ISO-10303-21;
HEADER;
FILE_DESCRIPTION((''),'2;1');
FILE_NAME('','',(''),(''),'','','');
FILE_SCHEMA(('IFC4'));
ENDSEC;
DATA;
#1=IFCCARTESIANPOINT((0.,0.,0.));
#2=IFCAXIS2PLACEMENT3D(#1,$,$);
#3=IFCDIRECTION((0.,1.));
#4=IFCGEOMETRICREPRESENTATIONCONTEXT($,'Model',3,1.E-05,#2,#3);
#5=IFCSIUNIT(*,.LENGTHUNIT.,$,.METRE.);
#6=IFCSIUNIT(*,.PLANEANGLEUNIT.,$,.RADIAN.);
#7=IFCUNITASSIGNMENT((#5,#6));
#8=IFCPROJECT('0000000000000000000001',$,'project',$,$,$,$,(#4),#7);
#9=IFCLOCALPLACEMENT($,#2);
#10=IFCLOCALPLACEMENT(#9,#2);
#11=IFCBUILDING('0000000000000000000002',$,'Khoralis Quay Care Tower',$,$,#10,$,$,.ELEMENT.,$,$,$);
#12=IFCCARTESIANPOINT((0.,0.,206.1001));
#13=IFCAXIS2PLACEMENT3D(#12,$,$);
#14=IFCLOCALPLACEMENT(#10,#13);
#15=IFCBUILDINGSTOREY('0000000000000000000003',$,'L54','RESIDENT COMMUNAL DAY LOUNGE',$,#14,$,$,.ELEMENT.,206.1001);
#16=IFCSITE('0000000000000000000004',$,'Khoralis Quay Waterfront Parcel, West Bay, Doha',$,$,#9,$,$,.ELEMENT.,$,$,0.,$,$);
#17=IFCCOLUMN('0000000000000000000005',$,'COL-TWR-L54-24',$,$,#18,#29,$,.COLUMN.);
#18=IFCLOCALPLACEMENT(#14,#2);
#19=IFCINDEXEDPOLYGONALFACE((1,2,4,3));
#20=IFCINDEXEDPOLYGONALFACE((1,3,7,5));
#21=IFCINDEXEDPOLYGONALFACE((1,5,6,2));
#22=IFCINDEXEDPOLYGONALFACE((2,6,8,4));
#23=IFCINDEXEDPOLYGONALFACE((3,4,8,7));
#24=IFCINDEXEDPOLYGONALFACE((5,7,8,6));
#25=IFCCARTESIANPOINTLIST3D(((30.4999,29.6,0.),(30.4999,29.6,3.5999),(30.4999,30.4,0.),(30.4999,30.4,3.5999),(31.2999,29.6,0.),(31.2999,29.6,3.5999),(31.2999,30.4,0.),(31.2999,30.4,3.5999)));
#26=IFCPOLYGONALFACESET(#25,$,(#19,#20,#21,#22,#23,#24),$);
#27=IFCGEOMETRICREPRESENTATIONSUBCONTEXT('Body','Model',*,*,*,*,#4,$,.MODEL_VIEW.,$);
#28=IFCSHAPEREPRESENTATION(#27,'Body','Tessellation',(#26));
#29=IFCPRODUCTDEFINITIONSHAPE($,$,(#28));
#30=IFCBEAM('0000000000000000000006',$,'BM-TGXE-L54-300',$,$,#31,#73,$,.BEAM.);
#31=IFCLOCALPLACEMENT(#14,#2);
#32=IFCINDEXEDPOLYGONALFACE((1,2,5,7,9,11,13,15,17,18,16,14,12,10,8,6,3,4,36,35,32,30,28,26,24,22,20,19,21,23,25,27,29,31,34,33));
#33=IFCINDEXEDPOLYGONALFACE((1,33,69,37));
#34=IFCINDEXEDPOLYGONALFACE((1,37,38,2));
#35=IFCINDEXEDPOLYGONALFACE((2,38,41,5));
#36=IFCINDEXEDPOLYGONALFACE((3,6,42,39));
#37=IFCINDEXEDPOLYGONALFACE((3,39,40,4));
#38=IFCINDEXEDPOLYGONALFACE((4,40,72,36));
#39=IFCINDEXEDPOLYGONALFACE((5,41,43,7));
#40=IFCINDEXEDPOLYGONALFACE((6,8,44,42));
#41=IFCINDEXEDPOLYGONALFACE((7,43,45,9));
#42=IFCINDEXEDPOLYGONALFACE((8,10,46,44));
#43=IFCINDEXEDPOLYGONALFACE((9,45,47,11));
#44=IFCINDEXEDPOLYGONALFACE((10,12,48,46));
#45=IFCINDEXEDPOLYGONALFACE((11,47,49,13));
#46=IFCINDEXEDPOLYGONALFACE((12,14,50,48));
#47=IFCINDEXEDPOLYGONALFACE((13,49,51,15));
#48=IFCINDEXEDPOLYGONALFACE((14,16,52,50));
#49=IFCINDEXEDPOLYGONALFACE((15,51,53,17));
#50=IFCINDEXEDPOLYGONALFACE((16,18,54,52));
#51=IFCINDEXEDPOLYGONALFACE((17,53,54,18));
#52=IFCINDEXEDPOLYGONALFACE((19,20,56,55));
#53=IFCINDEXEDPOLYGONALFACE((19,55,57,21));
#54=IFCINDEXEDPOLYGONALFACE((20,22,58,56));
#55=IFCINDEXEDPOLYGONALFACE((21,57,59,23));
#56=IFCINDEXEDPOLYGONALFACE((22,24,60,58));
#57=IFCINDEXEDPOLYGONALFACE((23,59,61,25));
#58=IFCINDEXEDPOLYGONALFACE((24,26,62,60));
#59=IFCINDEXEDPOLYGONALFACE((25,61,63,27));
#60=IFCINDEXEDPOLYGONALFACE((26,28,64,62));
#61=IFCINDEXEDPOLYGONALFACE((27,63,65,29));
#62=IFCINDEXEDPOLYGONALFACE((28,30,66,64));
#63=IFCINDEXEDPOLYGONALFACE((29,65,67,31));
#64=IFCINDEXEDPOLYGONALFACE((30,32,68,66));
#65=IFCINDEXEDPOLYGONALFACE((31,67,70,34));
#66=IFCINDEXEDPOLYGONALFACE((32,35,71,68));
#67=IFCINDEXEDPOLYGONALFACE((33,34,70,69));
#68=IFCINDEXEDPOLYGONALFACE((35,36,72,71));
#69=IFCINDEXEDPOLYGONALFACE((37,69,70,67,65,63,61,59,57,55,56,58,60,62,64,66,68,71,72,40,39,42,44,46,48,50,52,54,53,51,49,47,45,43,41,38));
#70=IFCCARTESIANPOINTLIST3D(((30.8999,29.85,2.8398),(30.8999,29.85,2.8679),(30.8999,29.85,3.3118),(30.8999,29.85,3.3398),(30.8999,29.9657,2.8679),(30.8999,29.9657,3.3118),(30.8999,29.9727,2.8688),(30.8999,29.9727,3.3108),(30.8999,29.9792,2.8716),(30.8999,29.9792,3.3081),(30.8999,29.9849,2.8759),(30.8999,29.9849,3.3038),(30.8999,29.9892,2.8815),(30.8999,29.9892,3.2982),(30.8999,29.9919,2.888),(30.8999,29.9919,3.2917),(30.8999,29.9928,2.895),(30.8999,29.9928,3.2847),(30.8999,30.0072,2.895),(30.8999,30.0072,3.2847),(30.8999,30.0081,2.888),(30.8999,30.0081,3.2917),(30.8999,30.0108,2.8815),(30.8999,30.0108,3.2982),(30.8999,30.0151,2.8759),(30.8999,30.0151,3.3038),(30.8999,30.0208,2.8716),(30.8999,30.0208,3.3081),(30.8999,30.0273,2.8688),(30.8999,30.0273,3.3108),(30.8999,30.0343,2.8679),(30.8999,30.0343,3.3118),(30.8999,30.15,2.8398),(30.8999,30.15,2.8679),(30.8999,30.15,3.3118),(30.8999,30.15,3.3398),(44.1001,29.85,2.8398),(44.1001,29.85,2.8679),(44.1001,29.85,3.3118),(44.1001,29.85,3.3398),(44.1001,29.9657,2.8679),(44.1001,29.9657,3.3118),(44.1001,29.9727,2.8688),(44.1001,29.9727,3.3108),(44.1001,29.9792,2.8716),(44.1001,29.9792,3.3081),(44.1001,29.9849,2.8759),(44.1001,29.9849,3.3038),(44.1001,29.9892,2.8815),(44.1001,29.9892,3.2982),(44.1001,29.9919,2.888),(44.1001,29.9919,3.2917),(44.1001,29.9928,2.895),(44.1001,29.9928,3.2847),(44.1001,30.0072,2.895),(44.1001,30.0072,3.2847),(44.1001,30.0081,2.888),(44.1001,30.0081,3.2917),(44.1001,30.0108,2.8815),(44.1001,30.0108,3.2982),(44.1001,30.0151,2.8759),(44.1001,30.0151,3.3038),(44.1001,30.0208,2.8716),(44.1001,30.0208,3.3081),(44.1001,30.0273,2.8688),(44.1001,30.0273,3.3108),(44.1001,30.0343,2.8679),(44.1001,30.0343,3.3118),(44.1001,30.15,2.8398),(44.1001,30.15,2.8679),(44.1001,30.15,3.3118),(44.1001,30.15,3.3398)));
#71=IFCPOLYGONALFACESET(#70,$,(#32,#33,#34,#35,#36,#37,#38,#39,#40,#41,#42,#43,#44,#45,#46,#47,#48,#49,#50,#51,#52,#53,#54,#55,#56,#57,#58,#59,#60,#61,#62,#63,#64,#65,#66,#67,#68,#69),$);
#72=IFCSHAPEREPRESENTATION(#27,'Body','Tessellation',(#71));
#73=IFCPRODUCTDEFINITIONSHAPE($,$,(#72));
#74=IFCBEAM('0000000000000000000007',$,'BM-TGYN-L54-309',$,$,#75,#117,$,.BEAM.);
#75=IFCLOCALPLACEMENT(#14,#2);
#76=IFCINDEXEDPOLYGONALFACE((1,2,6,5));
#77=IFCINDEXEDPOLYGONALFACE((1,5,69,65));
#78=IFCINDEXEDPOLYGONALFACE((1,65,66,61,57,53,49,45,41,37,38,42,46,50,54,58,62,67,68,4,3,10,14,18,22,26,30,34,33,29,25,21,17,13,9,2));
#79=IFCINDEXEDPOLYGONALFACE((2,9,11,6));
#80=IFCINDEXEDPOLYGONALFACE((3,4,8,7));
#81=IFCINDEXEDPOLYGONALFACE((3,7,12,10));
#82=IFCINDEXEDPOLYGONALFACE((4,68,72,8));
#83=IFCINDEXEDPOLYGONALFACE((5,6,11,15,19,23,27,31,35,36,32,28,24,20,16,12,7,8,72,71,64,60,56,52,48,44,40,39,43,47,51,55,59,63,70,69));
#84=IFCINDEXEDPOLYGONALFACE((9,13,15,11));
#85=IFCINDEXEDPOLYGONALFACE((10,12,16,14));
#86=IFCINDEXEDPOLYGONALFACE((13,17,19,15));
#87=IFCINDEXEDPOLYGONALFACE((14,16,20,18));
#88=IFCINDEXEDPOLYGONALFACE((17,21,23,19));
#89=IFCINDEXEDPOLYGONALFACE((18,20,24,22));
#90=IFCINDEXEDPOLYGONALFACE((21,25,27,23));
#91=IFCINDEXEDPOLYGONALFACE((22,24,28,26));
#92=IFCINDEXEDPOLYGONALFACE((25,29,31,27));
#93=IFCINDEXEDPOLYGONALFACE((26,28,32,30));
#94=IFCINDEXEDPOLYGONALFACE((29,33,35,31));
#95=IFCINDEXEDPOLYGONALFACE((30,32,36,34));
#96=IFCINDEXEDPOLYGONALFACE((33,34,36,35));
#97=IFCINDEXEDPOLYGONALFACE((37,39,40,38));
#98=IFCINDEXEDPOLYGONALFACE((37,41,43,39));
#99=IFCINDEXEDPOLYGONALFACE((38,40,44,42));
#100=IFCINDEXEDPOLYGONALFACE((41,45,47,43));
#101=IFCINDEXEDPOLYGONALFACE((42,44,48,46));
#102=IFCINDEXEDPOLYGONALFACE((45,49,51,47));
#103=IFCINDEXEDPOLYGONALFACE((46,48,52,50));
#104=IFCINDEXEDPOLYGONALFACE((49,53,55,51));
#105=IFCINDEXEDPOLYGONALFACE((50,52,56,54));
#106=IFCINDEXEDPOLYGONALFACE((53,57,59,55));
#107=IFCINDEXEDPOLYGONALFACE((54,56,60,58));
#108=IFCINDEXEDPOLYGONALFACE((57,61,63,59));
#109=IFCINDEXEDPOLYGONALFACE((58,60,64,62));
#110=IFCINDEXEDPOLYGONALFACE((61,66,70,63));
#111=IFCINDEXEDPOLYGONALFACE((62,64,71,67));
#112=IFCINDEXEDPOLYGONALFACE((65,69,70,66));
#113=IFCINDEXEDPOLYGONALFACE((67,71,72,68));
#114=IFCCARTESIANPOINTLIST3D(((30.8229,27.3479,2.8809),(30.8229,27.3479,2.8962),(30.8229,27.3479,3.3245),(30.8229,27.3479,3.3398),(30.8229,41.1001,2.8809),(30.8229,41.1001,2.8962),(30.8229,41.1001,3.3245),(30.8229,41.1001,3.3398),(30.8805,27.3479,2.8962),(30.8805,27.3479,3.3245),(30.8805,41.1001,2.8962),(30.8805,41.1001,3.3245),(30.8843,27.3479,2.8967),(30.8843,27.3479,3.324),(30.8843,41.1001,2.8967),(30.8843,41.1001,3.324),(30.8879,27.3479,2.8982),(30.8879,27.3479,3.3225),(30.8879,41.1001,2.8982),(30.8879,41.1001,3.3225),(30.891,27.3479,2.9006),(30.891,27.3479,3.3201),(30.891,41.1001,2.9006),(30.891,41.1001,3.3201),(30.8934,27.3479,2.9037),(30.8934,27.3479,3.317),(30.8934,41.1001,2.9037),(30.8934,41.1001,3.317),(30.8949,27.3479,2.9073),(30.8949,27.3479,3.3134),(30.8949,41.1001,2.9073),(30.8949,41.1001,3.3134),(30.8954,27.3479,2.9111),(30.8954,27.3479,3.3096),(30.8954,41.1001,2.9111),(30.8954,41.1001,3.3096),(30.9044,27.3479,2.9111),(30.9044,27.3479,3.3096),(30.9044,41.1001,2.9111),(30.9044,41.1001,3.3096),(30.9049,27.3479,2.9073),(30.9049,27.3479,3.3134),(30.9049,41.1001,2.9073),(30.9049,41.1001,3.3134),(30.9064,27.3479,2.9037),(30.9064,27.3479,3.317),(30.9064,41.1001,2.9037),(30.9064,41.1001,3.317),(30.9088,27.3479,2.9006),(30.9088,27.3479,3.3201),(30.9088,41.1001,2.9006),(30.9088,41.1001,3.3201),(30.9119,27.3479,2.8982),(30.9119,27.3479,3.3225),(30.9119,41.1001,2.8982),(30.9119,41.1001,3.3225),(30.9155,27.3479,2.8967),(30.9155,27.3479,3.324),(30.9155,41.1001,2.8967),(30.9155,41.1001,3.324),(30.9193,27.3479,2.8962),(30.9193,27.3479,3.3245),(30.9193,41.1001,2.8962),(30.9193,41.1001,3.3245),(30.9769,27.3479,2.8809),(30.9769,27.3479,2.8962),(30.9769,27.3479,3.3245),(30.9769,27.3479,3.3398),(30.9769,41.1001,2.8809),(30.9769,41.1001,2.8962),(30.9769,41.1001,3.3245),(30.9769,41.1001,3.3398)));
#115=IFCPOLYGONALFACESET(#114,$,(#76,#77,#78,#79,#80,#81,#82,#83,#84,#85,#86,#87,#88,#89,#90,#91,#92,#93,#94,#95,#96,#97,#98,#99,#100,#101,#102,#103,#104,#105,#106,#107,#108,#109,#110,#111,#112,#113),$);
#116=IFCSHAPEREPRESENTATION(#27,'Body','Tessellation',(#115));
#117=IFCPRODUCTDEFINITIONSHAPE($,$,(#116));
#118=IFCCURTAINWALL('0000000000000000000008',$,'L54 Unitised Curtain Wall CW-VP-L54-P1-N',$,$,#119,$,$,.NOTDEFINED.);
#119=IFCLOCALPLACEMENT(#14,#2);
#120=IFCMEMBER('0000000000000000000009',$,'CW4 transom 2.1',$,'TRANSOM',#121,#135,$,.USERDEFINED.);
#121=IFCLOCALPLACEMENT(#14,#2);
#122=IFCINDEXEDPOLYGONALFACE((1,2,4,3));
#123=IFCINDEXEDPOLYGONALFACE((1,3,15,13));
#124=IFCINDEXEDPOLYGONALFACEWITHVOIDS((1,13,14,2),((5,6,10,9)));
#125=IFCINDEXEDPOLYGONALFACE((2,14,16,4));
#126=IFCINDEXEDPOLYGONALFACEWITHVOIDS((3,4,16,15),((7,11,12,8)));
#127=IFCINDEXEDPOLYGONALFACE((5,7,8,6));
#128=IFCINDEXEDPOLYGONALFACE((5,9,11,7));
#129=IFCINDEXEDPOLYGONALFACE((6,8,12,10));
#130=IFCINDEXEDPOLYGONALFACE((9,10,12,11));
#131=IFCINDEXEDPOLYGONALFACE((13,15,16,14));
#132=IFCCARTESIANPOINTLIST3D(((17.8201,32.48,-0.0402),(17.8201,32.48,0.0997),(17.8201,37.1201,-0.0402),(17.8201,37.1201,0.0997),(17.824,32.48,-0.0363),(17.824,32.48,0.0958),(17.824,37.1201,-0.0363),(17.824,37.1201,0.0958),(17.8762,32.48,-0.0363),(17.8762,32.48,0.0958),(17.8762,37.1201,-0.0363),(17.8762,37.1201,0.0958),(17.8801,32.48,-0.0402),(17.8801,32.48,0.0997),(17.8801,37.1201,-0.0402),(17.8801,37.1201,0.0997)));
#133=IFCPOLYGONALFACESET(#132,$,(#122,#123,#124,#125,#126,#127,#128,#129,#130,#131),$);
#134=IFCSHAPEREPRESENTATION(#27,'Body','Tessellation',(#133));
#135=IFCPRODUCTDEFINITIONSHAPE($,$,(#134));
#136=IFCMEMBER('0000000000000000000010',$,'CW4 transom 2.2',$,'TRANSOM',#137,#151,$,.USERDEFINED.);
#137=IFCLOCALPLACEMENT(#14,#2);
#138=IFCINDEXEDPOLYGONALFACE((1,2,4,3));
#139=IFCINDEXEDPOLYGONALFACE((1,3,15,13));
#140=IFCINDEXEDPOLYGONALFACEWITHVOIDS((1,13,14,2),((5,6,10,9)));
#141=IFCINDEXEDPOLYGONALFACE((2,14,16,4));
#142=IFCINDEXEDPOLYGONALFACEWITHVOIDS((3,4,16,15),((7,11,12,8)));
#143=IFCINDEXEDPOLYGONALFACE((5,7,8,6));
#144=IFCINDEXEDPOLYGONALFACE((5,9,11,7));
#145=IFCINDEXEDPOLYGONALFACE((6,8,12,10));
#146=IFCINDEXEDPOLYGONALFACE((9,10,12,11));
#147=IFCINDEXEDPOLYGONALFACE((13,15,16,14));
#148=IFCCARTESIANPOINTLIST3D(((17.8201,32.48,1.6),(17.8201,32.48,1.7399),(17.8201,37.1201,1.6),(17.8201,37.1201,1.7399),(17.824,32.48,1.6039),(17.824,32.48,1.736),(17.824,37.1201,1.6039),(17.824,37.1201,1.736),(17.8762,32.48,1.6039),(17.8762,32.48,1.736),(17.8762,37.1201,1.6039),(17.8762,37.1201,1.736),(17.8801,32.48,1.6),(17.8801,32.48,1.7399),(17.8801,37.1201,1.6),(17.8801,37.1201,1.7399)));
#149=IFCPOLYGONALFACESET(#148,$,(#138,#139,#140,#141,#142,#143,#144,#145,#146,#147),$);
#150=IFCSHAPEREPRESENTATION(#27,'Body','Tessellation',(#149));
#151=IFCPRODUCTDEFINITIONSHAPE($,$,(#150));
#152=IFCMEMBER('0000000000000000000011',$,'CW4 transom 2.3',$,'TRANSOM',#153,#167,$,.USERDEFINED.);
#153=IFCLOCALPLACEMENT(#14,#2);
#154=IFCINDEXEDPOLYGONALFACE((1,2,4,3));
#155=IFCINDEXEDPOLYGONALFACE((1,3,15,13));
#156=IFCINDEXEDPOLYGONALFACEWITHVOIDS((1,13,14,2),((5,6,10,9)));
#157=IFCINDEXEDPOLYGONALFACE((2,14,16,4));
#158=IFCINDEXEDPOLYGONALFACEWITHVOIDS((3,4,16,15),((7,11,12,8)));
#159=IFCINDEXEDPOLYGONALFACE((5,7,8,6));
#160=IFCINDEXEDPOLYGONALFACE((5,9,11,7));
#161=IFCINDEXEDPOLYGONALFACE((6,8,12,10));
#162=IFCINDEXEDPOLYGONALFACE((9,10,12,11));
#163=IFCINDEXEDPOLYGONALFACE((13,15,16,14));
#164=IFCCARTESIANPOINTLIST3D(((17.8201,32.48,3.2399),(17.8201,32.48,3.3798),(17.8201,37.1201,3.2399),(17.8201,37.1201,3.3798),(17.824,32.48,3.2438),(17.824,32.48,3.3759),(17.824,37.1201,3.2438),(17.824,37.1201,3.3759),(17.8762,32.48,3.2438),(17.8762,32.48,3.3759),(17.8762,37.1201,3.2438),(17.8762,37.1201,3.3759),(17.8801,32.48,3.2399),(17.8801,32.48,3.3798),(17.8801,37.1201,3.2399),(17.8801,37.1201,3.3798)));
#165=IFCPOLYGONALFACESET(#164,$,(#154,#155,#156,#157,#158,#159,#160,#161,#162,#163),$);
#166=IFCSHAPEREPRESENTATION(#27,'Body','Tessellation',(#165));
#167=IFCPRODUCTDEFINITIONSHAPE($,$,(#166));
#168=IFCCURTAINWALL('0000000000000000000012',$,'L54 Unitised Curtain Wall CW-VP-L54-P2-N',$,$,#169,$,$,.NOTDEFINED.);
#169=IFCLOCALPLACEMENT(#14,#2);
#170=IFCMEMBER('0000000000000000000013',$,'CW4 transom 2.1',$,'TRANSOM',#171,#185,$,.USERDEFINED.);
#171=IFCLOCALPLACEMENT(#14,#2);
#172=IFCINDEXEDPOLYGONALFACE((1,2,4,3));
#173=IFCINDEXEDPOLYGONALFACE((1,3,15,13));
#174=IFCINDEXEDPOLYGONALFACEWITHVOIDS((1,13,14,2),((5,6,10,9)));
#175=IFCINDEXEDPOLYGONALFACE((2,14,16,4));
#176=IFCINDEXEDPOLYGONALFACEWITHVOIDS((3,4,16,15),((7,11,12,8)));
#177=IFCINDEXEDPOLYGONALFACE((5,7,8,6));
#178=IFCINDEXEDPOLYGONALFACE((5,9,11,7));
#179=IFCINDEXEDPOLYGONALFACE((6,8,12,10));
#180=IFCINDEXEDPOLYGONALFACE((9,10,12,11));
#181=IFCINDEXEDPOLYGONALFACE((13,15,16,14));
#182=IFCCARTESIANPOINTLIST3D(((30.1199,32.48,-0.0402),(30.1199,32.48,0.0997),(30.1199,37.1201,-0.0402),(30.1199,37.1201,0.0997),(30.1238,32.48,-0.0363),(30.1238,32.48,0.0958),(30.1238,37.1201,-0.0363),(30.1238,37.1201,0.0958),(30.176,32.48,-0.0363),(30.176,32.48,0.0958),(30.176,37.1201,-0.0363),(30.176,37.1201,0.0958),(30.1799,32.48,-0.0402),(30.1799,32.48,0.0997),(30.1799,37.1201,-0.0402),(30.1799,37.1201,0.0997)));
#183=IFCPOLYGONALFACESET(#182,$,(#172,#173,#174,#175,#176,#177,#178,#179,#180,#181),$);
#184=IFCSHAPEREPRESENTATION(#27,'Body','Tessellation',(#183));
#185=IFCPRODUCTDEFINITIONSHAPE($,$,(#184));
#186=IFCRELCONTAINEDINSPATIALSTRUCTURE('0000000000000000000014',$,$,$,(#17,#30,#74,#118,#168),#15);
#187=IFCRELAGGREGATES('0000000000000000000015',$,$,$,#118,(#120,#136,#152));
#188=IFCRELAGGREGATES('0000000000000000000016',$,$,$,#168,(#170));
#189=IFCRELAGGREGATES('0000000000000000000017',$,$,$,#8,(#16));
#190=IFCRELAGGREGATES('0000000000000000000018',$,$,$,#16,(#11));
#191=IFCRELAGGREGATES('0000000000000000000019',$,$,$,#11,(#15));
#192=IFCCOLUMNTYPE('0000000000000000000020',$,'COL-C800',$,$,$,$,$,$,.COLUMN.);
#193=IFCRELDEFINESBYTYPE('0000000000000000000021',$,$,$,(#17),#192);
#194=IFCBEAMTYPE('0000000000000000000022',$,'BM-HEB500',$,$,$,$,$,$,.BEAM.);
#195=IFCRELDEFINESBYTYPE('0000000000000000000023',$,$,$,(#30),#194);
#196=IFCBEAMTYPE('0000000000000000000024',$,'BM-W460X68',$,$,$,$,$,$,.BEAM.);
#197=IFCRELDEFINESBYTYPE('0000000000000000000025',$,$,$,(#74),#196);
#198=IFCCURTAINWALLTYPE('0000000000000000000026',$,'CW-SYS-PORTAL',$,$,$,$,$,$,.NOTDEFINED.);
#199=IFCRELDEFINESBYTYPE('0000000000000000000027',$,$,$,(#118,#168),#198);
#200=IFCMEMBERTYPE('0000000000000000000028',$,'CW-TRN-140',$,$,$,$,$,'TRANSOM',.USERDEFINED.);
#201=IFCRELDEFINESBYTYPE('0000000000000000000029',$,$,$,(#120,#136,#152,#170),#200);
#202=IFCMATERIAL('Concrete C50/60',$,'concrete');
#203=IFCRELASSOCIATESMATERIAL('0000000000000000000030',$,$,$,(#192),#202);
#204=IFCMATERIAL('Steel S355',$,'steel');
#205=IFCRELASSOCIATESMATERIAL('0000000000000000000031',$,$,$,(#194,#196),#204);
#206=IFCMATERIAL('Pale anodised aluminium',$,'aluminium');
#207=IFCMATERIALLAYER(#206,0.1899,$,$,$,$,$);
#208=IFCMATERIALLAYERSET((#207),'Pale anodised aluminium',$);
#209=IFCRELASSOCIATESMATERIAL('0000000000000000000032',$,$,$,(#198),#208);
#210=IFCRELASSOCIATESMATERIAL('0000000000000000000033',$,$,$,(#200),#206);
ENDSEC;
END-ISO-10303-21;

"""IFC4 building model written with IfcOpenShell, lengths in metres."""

from ifc_helpers import new_model, si_unit, direction, frame, origin, origin_2d, place, context, subcontext, project, spatial, rectangle, hollow_rectangle, i_section, extrude, source, transform, mapped, material, layer, layer_set, material_profile, profile_set, type_object, element, aggregate, save


model = new_model("IFC4")

# Units and contexts
model_context = context("Model", 3, precision=1e-05, world=origin(), true_north=direction((0.0, 1.0)))
body_context = subcontext(model_context, "Body", "Model", "MODEL_VIEW")
ifc_project = project(units=[si_unit("LENGTHUNIT", "METRE"), si_unit("PLANEANGLEUNIT", "RADIAN")], contexts=[model_context])

# Site, building, storey
site_placement = place(None, origin())
site = spatial("IfcSite", under=ifc_project, at=site_placement, Name="Khoralis Quay Waterfront Parcel, West Bay, Doha", CompositionType="ELEMENT", RefElevation=0.0)
building_placement = place(site_placement, origin())
building = spatial("IfcBuilding", under=site, at=building_placement, Name="Khoralis Quay Care Tower", CompositionType="ELEMENT")
storey_placement = place(building_placement, frame((0.0, 0.0, 206.1001)))
storey = spatial("IfcBuildingStorey", under=building, at=storey_placement, Name="L54", Description="RESIDENT COMMUNAL DAY LOUNGE", CompositionType="ELEMENT", Elevation=206.1001)

# Column
ifc_material_1 = material(Name="Concrete C50/60", Category="concrete")
ifc_material_profile_1 = material_profile(ifc_material_1, rectangle(XDim=0.8, YDim=0.8, at=origin_2d()), Name="Concrete C50/60")
ifc_profile_set_1 = profile_set([ifc_material_profile_1], Name="Concrete C50/60")
column_type = type_object("IfcColumnType", Name="COL-C800", PredefinedType="COLUMN", material=ifc_profile_set_1)
shared_shape_1 = source(origin(), body_context, "Body", "SweptSolid", [
    extrude(rectangle(XDim=0.8, YDim=0.8, at=origin_2d()), origin(), (0.0, 0.0, 1.0), 3.5999),
])
column_placement = place(storey_placement, frame((30.8999, 30.0, 0.0), z_axis=(0.0, 0.0, 1.0), x_axis=(1.0, 0.0, 0.0)))
element("IfcColumn", 1, at=column_placement, inside=storey, type_object=column_type, Name="COL-TWR-L54-24", PredefinedType="COLUMN", context=body_context, shape_type="MappedRepresentation", body=[
    mapped(shared_shape_1, transform((0.0, 0.0, 0.0), scale=1.0)),
])

# Beams
ifc_material_2 = material(Name="Steel S355", Category="steel")
ifc_material_profile_2 = material_profile(ifc_material_2, i_section(OverallWidth=0.3, OverallDepth=0.5, WebThickness=0.0144, FlangeThickness=0.0281, FilletRadius=0.0271, at=origin_2d()), Name="Steel S355")
ifc_profile_set_2 = profile_set([ifc_material_profile_2], Name="Steel S355")
beam_type_1 = type_object("IfcBeamType", Name="BM-HEB500", PredefinedType="BEAM", material=ifc_profile_set_2)
shared_shape_2 = source(origin(), body_context, "Body", "SweptSolid", [
    extrude(i_section(OverallWidth=0.3, OverallDepth=0.5, WebThickness=0.0144, FlangeThickness=0.0281, FilletRadius=0.0271, at=origin_2d()), origin(), (0.0, 0.0, 1.0), 13.2002),
])
beam_1_placement = place(storey_placement, frame((30.8999, 30.0, 3.0898), z_axis=(1.0, 0.0, 0.0), x_axis=(0.0, 1.0, 0.0)))
element("IfcBeam", 2, at=beam_1_placement, inside=storey, type_object=beam_type_1, Name="BM-TGXE-L54-300", PredefinedType="BEAM", context=body_context, shape_type="MappedRepresentation", body=[
    mapped(shared_shape_2, transform((0.0, 0.0, 0.0), scale=1.0)),
])
ifc_material_profile_3 = material_profile(ifc_material_2, i_section(OverallWidth=0.1541, OverallDepth=0.459, WebThickness=0.009, FlangeThickness=0.0154, FilletRadius=0.0149, at=origin_2d()), Name="Steel S355")
ifc_profile_set_3 = profile_set([ifc_material_profile_3], Name="Steel S355")
beam_type_2 = type_object("IfcBeamType", Name="BM-W460X68", PredefinedType="BEAM", material=ifc_profile_set_3)
shared_shape_3 = source(origin(), body_context, "Body", "SweptSolid", [
    extrude(i_section(OverallWidth=0.1541, OverallDepth=0.459, WebThickness=0.009, FlangeThickness=0.0154, FilletRadius=0.0149, at=origin_2d()), origin(), (0.0, 0.0, 1.0), 13.7522),
])
beam_2_placement = place(storey_placement, frame((30.8999, 27.3479, 3.1104), z_axis=(0.0, 1.0, 0.0), x_axis=(-1.0, 0.0, 0.0)))
element("IfcBeam", 3, at=beam_2_placement, inside=storey, type_object=beam_type_2, Name="BM-TGYN-L54-309", PredefinedType="BEAM", context=body_context, shape_type="MappedRepresentation", body=[
    mapped(shared_shape_3, transform((0.0, 0.0, 0.0), scale=1.0)),
])

# Curtain wall, members
ifc_material_3 = material(Name="Pale anodised aluminium", Category="aluminium")
ifc_layer_1 = layer(ifc_material_3, 0.1899)
ifc_layer_set_1 = layer_set([ifc_layer_1], Name="Pale anodised aluminium")
curtain_wall_type = type_object("IfcCurtainWallType", Name="CW-SYS-PORTAL", PredefinedType="NOTDEFINED", material=ifc_layer_set_1)
curtain_wall_1_placement = place(storey_placement, origin())
curtain_wall_1 = element("IfcCurtainWall", 4, at=curtain_wall_1_placement, inside=storey, type_object=curtain_wall_type, Name="L54 Unitised Curtain Wall CW-VP-L54-P1-N", PredefinedType="NOTDEFINED")
ifc_material_profile_4 = material_profile(ifc_material_3, hollow_rectangle(XDim=0.0601, YDim=0.1399, WallThickness=0.0039, at=origin_2d()), Name="Pale anodised aluminium")
ifc_profile_set_4 = profile_set([ifc_material_profile_4], Name="Pale anodised aluminium")
member_type_1 = type_object("IfcMemberType", Name="CW-TRN-140", ElementType="TRANSOM", PredefinedType="USERDEFINED", material=ifc_profile_set_4)
shared_shape_4 = source(origin(), body_context, "Body", "SweptSolid", [
    extrude(hollow_rectangle(XDim=0.0601, YDim=0.1399, WallThickness=0.0039, at=origin_2d()), origin(), (0.0, 0.0, 1.0), 4.6401),
])
member_1_placement = place(storey_placement, frame((17.8501, 32.48, 0.0298), z_axis=(0.0, 1.0, 0.0), x_axis=(-1.0, 0.0, 0.0)))
member_1 = element("IfcMember", 5, at=member_1_placement, type_object=member_type_1, Name="CW4 transom 2.1", ObjectType="TRANSOM", PredefinedType="USERDEFINED", context=body_context, shape_type="MappedRepresentation", body=[
    mapped(shared_shape_4, transform((0.0, 0.0, 0.0), scale=1.0)),
])
member_2_placement = place(storey_placement, frame((17.8501, 32.48, 1.6699), z_axis=(0.0, 1.0, 0.0), x_axis=(-1.0, 0.0, 0.0)))
member_2 = element("IfcMember", 6, at=member_2_placement, type_object=member_type_1, Name="CW4 transom 2.2", ObjectType="TRANSOM", PredefinedType="USERDEFINED", context=body_context, shape_type="MappedRepresentation", body=[
    mapped(shared_shape_4, transform((0.0, 0.0, 0.0), scale=1.0)),
])
member_3_placement = place(storey_placement, frame((17.8501, 32.48, 3.3098), z_axis=(0.0, 1.0, 0.0), x_axis=(-1.0, 0.0, 0.0)))
member_3 = element("IfcMember", 7, at=member_3_placement, type_object=member_type_1, Name="CW4 transom 2.3", ObjectType="TRANSOM", PredefinedType="USERDEFINED", context=body_context, shape_type="MappedRepresentation", body=[
    mapped(shared_shape_4, transform((0.0, 0.0, 0.0), scale=1.0)),
])

# Curtain wall, member
curtain_wall_2_placement = place(storey_placement, origin())
curtain_wall_2 = element("IfcCurtainWall", 8, at=curtain_wall_2_placement, inside=storey, type_object=curtain_wall_type, Name="L54 Unitised Curtain Wall CW-VP-L54-P2-N", PredefinedType="NOTDEFINED")
member_4_placement = place(storey_placement, frame((30.1499, 32.48, 0.0298), z_axis=(0.0, 1.0, 0.0), x_axis=(-1.0, 0.0, 0.0)))
member_4 = element("IfcMember", 9, at=member_4_placement, type_object=member_type_1, Name="CW4 transom 2.1", ObjectType="TRANSOM", PredefinedType="USERDEFINED", context=body_context, shape_type="MappedRepresentation", body=[
    mapped(shared_shape_4, transform((0.0, 0.0, 0.0), scale=1.0)),
])

aggregate(curtain_wall_1, [member_1, member_2, member_3])
aggregate(curtain_wall_2, [member_4])

save(model, "model.ifc")
